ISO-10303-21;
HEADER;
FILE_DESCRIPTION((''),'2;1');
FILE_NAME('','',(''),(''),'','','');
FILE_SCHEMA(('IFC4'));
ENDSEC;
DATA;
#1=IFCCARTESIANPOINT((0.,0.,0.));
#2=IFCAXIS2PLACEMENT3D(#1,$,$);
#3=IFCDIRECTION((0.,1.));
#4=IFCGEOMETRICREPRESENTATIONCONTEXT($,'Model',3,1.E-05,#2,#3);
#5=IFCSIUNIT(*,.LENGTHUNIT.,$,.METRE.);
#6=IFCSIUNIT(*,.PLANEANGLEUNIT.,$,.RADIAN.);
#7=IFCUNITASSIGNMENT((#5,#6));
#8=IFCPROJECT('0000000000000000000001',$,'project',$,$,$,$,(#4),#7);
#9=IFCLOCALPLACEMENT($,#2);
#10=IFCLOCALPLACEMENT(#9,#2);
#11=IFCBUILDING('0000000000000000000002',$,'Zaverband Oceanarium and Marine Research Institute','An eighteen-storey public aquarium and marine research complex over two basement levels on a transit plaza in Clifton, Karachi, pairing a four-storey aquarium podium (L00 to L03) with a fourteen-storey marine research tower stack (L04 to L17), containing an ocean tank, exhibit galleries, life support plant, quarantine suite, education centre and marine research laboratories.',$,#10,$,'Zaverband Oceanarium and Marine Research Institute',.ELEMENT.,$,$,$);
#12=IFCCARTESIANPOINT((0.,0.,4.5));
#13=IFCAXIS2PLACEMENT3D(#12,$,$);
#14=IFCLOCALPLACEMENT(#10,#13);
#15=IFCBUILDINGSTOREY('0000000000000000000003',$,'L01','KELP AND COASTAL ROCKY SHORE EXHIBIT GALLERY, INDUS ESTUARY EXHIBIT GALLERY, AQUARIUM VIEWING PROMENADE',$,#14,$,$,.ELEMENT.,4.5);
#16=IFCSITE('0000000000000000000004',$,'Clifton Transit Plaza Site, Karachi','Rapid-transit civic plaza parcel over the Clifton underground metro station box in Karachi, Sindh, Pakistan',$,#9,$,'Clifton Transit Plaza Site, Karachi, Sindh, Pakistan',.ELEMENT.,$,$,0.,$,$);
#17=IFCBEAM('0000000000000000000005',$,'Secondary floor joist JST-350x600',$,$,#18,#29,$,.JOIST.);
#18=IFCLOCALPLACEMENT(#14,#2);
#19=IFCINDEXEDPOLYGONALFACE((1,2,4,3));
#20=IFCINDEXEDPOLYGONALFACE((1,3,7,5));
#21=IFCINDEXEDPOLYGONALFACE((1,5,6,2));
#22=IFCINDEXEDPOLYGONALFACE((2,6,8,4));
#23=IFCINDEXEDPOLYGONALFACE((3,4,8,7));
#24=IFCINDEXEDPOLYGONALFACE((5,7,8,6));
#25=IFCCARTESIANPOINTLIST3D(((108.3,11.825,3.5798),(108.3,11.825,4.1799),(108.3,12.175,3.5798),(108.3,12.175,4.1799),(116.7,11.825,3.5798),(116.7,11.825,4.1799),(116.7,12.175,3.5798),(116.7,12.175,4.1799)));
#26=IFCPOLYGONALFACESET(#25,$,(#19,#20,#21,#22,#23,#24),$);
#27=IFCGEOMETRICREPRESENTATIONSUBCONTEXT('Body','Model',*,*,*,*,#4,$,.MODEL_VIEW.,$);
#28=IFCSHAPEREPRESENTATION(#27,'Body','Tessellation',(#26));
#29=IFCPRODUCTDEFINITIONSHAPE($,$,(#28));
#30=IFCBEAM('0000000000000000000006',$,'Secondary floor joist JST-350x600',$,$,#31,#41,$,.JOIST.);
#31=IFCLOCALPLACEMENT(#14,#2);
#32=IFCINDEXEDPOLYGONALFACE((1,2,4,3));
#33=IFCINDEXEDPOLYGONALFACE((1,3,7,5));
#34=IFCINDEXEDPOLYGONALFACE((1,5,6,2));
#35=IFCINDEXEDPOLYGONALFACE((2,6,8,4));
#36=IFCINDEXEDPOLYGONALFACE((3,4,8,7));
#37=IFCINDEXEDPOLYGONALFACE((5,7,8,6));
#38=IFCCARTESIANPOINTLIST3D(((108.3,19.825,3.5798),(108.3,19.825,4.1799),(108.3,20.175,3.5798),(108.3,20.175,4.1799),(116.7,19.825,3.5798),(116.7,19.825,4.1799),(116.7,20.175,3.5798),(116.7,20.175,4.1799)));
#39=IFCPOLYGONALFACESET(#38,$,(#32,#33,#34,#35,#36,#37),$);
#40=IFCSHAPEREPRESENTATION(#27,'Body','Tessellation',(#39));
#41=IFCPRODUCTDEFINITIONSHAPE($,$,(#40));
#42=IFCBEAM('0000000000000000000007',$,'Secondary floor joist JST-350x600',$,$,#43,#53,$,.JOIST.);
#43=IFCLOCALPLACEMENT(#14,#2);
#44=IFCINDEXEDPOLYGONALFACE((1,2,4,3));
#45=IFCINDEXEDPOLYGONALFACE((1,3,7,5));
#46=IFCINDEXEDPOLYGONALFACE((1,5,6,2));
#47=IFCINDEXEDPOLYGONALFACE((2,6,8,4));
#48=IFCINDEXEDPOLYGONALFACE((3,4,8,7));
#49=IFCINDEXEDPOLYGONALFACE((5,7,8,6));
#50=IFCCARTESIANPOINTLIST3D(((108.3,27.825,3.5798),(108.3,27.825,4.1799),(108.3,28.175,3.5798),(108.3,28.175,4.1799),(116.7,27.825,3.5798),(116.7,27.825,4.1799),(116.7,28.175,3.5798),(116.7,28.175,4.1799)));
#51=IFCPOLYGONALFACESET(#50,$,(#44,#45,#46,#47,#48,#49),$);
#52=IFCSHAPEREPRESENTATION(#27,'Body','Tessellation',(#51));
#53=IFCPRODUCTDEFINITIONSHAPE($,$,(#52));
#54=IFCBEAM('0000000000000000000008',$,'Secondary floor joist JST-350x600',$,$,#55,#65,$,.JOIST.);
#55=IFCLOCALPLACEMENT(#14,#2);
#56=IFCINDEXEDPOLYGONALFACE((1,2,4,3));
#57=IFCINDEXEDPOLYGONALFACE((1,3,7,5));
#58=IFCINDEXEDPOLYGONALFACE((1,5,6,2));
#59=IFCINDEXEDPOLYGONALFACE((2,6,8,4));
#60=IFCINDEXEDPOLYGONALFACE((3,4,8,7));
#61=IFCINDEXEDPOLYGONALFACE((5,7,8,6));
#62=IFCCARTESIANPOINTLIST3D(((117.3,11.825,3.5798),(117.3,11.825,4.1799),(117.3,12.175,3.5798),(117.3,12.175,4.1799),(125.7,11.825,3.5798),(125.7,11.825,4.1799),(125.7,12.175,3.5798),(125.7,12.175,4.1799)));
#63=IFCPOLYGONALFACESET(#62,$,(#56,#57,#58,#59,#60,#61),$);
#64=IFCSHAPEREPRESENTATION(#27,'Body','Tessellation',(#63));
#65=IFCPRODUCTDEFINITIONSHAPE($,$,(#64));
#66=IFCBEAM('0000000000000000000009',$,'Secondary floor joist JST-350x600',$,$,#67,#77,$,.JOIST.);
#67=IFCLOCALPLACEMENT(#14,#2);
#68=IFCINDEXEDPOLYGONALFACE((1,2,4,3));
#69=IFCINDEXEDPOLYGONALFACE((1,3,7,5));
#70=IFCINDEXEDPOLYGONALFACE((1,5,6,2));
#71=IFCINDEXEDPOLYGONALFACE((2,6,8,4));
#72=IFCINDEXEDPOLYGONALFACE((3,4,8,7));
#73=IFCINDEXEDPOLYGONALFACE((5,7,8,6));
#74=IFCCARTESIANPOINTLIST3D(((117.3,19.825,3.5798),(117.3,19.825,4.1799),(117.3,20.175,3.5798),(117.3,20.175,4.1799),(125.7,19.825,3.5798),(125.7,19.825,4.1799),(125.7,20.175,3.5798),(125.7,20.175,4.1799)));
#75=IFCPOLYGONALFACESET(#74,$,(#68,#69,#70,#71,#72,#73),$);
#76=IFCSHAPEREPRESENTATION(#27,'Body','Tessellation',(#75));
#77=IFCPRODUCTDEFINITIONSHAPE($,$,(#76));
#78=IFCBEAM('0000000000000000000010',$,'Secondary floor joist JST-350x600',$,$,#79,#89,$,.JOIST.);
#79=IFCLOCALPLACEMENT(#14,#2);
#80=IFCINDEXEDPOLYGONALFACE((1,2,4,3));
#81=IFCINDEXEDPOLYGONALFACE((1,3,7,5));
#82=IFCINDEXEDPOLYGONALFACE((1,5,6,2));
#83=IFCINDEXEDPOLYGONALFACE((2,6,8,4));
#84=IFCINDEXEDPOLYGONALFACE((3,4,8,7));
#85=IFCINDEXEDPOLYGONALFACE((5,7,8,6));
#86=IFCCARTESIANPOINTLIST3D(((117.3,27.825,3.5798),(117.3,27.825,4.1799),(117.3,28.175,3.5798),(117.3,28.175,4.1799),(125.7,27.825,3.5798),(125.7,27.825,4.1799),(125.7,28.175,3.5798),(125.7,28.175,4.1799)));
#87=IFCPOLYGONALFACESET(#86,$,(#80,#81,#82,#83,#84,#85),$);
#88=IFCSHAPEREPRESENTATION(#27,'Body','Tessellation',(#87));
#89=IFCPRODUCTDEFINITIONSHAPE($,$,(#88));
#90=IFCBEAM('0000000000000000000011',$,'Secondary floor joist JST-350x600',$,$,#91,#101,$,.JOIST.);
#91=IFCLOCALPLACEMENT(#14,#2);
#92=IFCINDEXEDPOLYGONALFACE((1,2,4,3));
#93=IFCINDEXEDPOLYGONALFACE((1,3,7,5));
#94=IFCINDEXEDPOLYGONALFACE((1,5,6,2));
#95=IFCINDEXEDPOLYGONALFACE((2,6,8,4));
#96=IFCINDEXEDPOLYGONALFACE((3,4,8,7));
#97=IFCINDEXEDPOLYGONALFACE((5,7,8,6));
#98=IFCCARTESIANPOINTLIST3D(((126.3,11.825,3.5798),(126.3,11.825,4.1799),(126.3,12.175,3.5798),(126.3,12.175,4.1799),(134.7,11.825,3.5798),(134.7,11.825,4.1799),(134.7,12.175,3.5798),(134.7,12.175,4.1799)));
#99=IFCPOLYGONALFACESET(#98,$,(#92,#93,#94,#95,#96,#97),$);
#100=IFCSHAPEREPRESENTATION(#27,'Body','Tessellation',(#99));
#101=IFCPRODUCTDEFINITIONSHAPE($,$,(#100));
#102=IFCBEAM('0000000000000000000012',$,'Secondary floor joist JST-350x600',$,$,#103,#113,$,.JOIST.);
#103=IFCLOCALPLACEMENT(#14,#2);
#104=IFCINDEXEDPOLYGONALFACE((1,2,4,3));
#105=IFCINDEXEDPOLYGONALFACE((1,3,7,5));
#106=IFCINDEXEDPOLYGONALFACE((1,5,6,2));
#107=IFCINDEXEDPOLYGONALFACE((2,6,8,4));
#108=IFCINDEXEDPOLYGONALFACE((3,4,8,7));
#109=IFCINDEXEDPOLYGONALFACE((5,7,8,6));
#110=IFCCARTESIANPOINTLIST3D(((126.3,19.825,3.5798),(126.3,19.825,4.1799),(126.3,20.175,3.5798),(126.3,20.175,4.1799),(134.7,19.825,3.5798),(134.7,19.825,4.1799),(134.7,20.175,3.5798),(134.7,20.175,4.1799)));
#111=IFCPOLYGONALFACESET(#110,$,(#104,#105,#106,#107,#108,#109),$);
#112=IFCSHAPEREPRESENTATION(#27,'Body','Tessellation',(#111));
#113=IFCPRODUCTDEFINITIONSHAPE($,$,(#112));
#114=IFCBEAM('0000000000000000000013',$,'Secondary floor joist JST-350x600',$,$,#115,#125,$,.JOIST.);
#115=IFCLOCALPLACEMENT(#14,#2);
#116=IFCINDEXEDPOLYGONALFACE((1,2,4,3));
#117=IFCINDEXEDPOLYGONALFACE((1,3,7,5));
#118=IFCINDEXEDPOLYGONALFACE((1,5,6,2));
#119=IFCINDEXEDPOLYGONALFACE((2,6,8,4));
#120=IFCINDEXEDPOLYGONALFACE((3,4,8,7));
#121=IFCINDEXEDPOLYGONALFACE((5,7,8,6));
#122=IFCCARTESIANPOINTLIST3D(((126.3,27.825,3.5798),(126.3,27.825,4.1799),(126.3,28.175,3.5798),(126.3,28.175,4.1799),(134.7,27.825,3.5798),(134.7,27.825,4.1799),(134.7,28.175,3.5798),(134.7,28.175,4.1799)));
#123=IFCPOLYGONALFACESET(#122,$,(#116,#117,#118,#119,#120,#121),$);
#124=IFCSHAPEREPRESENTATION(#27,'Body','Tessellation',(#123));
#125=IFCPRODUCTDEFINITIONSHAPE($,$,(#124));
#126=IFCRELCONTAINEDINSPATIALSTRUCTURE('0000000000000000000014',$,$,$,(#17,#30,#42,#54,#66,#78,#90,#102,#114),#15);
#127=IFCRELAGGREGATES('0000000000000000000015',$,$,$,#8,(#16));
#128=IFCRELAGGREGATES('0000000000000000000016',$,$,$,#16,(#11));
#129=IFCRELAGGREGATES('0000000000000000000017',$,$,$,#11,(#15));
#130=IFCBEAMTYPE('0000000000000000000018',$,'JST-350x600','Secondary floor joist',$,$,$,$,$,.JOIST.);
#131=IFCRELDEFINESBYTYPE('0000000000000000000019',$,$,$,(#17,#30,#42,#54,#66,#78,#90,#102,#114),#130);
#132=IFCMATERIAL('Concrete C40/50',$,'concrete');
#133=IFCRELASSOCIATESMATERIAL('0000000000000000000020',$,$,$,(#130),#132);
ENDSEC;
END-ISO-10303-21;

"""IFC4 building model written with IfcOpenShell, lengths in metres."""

from ifc_helpers import new_model, si_unit, direction, frame, origin, origin_2d, place, context, subcontext, project, spatial, rectangle, extrude, material, material_profile, profile_set, type_object, element, save


model = new_model("IFC4")

# Units and contexts
model_context = context("Model", 3, precision=1e-05, world=origin(), true_north=direction((0.0, 1.0)))
body_context = subcontext(model_context, "Body", "Model", "MODEL_VIEW")
ifc_project = project(units=[si_unit("LENGTHUNIT", "METRE"), si_unit("PLANEANGLEUNIT", "RADIAN")], contexts=[model_context])

# Site, building, storey
site_placement = place(None, origin())
site = spatial("IfcSite", under=ifc_project, at=site_placement, Name="Clifton Transit Plaza Site, Karachi", Description="Rapid-transit civic plaza parcel over the Clifton underground metro station box in Karachi, Sindh, Pakistan", LongName="Clifton Transit Plaza Site, Karachi, Sindh, Pakistan", CompositionType="ELEMENT", RefElevation=0.0)
building_placement = place(site_placement, origin())
building = spatial("IfcBuilding", under=site, at=building_placement, Name="Zaverband Oceanarium and Marine Research Institute", Description="An eighteen-storey public aquarium and marine research complex over two basement levels on a transit plaza in Clifton, Karachi, pairing a four-storey aquarium podium (L00 to L03) with a fourteen-storey marine research tower stack (L04 to L17), containing an ocean tank, exhibit galleries, life support plant, quarantine suite, education centre and marine research laboratories.", LongName="Zaverband Oceanarium and Marine Research Institute", CompositionType="ELEMENT")
storey_placement = place(building_placement, frame((0.0, 0.0, 4.5)))
storey = spatial("IfcBuildingStorey", under=building, at=storey_placement, Name="L01", Description="KELP AND COASTAL ROCKY SHORE EXHIBIT GALLERY, INDUS ESTUARY EXHIBIT GALLERY, AQUARIUM VIEWING PROMENADE", CompositionType="ELEMENT", Elevation=4.5)

# Beams
ifc_material_1 = material(Name="Concrete C40/50", Category="concrete")
ifc_material_profile_1 = material_profile(ifc_material_1, rectangle(XDim=0.3501, YDim=0.6001, at=origin_2d()), Name="RC350x600")
ifc_profile_set_1 = profile_set([ifc_material_profile_1], Name="Concrete C40/50")
beam_type_1 = type_object("IfcBeamType", Name="JST-350x600", Description="Secondary floor joist", PredefinedType="JOIST", material=ifc_profile_set_1)
for number, where, z_axis, x_axis, name in (
    (1, (108.3, 12.0, 3.8799), (1.0, 0.0, 0.0), (0.0, 1.0, 0.0), "Secondary floor joist JST-350x600"),
    (2, (108.3, 20.0, 3.8799), (1.0, 0.0, 0.0), (0.0, 1.0, 0.0), "Secondary floor joist JST-350x600"),
    (3, (108.3, 28.0, 3.8799), (1.0, 0.0, 0.0), (0.0, 1.0, 0.0), "Secondary floor joist JST-350x600"),
    (4, (117.3, 12.0, 3.8799), (1.0, 0.0, 0.0), (0.0, 1.0, 0.0), "Secondary floor joist JST-350x600"),
    (5, (117.3, 20.0, 3.8799), (1.0, 0.0, 0.0), (0.0, 1.0, 0.0), "Secondary floor joist JST-350x600"),
    (6, (117.3, 28.0, 3.8799), (1.0, 0.0, 0.0), (0.0, 1.0, 0.0), "Secondary floor joist JST-350x600"),
    (7, (126.3, 12.0, 3.8799), (1.0, 0.0, 0.0), (0.0, 1.0, 0.0), "Secondary floor joist JST-350x600"),
    (8, (126.3, 20.0, 3.8799), (1.0, 0.0, 0.0), (0.0, 1.0, 0.0), "Secondary floor joist JST-350x600"),
    (9, (126.3, 28.0, 3.8799), (1.0, 0.0, 0.0), (0.0, 1.0, 0.0), "Secondary floor joist JST-350x600"),
):
    element("IfcBeam", number, at=place(storey_placement, frame(where, z_axis=z_axis, x_axis=x_axis)), inside=storey, type_object=beam_type_1, Name=name, PredefinedType="JOIST", context=body_context, shape_type="SweptSolid", body=[
        extrude(rectangle(XDim=0.3501, YDim=0.6001, at=origin_2d()), origin(), (0.0, 0.0, 1.0), 8.3999),
    ])

save(model, "model.ifc")
